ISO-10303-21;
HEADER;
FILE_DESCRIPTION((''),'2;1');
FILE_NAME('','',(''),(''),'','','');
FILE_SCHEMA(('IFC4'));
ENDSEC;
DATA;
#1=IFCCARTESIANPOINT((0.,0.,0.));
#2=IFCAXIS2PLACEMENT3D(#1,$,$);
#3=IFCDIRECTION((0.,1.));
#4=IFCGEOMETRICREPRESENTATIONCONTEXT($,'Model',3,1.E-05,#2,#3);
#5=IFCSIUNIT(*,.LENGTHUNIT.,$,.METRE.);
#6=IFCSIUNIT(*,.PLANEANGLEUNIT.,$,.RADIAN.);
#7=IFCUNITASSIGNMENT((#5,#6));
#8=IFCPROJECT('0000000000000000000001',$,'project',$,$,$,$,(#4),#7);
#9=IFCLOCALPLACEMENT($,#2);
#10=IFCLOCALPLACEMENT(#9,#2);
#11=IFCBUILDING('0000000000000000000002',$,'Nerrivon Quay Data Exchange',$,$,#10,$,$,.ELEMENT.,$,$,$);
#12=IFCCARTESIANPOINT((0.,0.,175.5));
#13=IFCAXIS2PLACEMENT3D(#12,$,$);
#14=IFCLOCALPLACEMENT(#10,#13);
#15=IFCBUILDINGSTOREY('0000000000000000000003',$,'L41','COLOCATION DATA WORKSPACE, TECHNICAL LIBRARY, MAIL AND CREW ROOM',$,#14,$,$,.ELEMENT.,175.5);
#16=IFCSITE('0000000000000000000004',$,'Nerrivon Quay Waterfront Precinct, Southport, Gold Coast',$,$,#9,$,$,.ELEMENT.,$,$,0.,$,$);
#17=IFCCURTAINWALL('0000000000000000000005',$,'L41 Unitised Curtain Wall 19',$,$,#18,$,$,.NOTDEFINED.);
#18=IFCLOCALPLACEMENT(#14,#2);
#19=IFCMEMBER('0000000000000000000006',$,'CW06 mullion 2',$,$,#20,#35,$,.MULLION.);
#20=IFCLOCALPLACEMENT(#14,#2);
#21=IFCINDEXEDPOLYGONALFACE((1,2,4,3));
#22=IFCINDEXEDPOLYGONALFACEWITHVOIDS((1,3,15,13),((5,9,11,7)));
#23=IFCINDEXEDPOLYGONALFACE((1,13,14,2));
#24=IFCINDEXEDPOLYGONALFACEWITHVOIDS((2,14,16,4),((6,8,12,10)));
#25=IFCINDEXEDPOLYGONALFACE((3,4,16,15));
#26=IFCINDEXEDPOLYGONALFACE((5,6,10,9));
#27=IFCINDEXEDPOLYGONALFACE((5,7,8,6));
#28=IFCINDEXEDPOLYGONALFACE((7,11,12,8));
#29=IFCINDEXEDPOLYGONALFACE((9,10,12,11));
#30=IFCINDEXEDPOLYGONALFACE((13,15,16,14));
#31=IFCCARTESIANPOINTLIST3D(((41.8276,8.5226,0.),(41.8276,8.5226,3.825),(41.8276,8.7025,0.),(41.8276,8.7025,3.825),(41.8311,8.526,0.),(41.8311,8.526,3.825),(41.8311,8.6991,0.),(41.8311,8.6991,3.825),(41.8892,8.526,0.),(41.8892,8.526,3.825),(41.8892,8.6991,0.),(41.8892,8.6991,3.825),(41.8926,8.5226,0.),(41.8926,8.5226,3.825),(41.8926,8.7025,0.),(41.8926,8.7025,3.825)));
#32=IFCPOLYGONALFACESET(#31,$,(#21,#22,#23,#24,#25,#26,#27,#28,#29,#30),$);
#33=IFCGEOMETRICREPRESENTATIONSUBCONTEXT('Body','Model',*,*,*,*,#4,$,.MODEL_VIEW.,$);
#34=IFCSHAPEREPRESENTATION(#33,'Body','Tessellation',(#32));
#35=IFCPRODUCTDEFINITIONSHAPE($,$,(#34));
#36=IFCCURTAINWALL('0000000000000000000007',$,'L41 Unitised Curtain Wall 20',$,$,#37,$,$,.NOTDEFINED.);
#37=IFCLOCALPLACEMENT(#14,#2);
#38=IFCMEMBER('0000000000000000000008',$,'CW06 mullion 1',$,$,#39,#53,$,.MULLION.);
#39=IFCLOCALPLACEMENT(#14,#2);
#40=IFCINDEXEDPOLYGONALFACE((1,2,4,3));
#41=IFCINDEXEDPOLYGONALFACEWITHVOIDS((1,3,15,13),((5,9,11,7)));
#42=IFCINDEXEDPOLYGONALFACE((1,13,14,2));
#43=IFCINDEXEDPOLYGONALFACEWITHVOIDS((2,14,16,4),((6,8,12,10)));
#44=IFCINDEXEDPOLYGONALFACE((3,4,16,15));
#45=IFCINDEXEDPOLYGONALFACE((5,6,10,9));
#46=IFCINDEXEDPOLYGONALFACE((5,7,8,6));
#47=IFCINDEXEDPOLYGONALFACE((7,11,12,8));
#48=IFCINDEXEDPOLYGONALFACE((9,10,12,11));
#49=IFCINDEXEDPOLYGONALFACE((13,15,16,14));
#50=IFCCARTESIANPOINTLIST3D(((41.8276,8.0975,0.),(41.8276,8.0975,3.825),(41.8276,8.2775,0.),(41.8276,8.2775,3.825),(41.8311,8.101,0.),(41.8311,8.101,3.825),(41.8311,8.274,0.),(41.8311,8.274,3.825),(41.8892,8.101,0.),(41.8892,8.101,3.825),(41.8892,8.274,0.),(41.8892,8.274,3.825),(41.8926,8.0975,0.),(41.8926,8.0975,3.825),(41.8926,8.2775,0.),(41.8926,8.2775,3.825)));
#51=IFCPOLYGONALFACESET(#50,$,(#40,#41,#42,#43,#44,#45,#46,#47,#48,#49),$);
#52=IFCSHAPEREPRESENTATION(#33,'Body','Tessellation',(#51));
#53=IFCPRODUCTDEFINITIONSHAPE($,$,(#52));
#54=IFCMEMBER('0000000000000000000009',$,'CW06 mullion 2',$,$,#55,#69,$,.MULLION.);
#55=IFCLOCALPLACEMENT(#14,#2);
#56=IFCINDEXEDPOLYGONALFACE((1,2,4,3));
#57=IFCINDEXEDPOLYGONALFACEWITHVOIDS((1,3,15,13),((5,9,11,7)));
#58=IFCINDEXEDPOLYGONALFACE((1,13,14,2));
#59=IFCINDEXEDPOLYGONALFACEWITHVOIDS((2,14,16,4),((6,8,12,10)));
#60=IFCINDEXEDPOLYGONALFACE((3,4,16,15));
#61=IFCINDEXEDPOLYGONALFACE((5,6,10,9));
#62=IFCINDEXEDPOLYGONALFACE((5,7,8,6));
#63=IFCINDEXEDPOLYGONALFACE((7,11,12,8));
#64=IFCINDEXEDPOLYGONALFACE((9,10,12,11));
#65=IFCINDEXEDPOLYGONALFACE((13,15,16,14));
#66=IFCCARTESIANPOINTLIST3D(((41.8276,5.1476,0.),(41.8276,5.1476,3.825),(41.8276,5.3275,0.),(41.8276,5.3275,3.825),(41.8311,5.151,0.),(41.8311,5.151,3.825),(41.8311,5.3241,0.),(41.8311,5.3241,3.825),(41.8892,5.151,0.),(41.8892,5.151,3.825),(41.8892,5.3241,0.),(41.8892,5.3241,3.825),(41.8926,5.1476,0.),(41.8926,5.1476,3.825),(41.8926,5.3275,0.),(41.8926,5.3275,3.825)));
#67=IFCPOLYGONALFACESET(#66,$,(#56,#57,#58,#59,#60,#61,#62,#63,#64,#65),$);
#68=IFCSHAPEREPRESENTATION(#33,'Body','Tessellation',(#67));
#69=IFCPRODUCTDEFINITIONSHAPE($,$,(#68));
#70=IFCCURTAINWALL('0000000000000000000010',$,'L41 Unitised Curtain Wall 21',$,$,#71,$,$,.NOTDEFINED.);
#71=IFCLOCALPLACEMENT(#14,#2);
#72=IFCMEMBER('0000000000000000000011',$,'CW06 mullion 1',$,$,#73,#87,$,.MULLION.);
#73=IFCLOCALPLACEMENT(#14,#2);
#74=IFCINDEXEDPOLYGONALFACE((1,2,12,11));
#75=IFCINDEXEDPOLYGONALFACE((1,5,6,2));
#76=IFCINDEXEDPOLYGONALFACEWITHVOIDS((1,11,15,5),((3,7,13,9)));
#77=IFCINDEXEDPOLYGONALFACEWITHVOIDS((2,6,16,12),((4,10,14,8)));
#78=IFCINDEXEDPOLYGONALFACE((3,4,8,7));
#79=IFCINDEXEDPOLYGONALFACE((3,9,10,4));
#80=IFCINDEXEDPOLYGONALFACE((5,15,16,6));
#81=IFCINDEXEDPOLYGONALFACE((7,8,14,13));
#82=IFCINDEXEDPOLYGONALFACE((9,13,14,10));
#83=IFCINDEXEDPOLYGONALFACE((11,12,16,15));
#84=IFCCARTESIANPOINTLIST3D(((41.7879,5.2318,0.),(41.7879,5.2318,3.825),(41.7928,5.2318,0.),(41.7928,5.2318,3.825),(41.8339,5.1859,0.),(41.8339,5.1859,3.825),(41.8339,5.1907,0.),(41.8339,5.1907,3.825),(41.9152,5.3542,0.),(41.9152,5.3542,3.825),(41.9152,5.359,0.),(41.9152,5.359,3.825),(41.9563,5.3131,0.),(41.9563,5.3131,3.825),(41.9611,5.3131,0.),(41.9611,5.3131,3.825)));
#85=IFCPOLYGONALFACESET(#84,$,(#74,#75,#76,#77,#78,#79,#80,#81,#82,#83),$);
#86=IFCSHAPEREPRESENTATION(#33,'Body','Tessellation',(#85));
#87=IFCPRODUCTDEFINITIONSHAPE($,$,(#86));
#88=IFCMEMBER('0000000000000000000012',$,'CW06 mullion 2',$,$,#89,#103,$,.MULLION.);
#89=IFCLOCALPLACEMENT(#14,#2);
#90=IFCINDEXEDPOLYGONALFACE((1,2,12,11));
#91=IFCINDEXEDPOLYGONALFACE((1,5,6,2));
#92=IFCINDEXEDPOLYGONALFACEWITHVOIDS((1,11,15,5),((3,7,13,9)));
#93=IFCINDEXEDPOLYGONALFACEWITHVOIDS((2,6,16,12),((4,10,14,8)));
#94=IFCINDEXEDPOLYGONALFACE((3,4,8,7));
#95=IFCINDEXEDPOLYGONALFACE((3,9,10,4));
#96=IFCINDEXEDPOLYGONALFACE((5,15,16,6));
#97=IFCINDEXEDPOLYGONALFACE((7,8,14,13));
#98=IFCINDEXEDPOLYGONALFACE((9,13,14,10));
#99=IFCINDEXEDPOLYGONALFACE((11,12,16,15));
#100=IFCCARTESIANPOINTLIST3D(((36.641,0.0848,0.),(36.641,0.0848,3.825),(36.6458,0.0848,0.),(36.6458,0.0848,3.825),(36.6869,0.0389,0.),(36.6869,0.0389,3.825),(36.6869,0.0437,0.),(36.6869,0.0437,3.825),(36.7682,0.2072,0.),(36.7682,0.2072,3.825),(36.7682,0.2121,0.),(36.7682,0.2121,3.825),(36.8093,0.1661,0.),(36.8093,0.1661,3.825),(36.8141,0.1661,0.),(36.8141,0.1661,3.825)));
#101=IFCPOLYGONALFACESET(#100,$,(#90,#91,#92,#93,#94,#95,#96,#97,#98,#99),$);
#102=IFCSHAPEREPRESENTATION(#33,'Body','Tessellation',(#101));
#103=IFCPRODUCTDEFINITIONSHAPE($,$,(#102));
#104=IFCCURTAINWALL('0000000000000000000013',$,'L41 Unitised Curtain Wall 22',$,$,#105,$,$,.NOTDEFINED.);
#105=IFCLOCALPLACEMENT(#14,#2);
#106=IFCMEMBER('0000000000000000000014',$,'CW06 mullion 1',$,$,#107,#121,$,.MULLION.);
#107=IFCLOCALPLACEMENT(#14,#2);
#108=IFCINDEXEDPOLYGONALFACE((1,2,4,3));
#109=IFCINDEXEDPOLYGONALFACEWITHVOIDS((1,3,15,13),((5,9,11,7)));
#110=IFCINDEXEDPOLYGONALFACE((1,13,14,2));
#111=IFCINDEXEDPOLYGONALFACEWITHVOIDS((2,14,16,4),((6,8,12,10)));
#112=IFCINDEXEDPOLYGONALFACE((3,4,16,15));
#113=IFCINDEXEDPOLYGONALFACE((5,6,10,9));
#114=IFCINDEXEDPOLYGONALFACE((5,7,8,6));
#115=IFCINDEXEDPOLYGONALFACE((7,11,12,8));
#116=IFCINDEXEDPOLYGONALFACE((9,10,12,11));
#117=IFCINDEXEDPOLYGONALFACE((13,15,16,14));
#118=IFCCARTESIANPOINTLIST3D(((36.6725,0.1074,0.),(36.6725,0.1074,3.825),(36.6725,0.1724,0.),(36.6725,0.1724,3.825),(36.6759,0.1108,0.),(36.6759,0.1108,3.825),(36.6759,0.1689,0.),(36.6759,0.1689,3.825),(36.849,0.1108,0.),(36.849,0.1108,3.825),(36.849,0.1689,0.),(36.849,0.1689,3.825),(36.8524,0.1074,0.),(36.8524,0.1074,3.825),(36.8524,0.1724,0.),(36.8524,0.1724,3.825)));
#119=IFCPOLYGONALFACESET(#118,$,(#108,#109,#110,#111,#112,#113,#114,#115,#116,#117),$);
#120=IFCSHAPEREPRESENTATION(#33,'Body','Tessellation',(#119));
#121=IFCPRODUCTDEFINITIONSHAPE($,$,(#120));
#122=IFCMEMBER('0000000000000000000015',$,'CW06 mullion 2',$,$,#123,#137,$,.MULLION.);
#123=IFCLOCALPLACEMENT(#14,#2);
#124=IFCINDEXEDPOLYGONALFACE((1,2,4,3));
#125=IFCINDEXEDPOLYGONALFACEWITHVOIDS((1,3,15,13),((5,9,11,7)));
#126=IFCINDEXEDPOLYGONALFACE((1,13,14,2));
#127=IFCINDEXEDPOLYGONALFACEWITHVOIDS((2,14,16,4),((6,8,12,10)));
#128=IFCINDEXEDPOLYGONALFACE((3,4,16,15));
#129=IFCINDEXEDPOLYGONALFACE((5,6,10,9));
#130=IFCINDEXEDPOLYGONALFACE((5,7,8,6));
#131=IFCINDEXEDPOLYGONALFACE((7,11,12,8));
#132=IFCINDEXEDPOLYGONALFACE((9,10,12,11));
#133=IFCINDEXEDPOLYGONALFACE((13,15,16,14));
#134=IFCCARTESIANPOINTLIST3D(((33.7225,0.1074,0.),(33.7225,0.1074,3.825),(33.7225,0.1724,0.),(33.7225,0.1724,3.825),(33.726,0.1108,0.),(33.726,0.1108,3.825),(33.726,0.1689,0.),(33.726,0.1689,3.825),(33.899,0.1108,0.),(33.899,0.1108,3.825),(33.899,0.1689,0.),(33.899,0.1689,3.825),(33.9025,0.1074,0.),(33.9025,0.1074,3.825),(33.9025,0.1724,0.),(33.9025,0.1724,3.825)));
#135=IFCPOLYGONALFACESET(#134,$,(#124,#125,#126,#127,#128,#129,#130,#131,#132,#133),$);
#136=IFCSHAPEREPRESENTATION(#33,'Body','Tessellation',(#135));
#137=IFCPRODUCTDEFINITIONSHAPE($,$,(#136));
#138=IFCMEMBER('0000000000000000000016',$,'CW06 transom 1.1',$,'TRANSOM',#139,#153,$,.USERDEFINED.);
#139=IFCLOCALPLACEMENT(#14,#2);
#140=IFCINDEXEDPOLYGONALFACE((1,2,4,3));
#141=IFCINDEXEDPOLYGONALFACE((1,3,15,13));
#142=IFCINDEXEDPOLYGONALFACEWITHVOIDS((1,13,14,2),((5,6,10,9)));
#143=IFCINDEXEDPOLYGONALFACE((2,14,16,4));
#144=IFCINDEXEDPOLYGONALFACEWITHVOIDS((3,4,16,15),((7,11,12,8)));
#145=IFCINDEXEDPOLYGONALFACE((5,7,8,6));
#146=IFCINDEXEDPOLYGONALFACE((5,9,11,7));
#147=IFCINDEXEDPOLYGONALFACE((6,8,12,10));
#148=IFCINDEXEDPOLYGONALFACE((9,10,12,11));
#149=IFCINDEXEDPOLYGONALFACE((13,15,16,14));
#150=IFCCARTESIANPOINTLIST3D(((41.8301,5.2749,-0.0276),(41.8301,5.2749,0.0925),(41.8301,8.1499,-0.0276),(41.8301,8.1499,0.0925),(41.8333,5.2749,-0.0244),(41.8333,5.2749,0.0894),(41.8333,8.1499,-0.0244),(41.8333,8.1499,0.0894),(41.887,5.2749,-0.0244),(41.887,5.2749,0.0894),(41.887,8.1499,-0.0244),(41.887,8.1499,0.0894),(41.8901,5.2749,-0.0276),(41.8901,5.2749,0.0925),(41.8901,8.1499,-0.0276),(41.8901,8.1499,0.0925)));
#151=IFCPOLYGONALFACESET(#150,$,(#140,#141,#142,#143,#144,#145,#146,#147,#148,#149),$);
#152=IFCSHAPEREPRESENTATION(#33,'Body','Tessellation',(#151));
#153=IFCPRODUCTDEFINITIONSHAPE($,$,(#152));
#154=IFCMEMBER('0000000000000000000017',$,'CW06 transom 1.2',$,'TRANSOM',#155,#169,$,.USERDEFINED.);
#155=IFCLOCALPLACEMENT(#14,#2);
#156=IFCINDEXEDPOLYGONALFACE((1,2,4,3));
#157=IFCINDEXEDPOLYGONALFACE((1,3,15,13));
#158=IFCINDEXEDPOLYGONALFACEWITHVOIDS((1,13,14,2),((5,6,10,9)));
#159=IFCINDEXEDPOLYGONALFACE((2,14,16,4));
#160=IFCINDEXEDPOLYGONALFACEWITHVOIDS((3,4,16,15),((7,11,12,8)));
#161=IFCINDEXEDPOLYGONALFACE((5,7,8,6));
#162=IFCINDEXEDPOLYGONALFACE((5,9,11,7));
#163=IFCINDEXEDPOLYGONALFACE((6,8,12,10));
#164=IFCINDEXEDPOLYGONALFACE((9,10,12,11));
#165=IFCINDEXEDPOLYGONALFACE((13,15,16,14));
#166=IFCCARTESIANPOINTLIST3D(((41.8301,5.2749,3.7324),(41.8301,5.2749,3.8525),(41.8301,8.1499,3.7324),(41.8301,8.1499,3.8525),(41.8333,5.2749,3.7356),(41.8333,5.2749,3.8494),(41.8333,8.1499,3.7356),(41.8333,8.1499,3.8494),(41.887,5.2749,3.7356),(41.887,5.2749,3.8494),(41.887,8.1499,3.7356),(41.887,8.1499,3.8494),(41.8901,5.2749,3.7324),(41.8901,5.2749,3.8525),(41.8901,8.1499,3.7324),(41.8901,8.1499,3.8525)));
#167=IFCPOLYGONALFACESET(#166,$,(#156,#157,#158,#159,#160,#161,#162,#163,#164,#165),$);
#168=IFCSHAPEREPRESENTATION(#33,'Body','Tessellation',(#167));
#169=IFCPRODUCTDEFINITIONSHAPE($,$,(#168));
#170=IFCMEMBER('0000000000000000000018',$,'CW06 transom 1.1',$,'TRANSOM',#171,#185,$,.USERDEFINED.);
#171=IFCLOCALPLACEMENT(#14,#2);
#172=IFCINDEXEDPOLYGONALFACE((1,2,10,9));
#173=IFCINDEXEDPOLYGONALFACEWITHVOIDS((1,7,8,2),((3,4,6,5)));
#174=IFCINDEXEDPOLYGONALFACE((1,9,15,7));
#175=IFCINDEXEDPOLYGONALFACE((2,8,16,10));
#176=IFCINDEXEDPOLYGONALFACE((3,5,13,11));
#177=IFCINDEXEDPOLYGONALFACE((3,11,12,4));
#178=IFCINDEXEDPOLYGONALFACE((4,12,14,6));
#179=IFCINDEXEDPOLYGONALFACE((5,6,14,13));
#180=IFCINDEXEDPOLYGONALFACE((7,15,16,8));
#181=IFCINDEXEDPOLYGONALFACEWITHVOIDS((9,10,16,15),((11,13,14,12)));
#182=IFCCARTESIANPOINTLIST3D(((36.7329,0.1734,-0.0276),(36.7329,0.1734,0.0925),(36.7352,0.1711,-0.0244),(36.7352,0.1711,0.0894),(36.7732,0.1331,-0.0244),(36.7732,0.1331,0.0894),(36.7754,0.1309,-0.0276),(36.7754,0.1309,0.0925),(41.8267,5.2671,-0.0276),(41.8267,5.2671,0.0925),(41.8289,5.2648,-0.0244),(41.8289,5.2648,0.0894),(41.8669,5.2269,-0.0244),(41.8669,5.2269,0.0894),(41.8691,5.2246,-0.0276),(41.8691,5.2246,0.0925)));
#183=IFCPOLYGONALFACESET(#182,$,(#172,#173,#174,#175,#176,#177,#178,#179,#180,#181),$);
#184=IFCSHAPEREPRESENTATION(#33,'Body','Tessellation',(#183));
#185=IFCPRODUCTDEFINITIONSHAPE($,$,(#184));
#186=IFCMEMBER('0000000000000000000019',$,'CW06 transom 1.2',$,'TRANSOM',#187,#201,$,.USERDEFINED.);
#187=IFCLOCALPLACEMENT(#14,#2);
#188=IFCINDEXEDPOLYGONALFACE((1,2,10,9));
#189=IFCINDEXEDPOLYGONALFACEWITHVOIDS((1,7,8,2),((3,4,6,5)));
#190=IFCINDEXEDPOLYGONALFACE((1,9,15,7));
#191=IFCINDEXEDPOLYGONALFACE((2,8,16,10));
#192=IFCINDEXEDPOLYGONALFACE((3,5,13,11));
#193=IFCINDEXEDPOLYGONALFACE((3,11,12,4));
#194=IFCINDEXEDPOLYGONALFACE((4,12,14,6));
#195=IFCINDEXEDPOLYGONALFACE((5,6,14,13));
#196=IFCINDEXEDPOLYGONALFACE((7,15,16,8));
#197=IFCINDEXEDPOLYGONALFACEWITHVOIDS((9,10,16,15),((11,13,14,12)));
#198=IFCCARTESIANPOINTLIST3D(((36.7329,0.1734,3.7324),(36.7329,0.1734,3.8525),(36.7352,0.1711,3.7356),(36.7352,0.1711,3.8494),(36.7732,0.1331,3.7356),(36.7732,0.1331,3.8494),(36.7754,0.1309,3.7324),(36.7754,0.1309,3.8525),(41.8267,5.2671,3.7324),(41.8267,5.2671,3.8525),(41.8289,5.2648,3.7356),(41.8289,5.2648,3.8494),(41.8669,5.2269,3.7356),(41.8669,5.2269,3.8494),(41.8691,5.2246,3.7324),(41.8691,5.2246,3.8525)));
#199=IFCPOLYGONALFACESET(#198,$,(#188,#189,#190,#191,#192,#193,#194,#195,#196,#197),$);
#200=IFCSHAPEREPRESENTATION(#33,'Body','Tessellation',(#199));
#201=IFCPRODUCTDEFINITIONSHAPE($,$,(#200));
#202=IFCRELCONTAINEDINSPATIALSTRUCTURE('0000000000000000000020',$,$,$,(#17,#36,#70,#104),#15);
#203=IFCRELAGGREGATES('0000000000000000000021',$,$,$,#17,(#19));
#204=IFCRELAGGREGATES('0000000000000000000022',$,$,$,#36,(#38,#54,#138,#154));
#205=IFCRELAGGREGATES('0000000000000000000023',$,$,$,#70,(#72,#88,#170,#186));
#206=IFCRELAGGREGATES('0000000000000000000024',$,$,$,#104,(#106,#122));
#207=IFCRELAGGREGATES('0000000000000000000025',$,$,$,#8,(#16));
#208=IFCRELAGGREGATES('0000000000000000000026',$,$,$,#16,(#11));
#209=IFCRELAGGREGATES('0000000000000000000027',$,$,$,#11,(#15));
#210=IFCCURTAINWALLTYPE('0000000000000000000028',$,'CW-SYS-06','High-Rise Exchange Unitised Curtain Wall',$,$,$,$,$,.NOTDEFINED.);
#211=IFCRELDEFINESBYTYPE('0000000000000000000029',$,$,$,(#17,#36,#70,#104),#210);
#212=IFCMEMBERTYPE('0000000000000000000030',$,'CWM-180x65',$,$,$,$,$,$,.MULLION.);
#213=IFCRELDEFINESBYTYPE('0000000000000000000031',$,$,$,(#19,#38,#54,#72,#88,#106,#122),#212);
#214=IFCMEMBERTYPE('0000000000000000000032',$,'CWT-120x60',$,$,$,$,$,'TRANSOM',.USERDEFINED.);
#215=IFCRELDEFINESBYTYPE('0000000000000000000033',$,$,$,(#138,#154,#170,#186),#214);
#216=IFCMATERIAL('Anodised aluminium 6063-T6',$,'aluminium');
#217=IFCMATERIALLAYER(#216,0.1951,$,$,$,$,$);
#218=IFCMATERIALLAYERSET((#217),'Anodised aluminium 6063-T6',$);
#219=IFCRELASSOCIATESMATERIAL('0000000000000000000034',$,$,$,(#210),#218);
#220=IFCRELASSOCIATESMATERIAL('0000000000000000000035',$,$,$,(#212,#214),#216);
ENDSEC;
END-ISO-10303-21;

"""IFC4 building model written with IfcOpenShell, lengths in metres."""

from ifc_helpers import new_model, si_unit, direction, frame, origin, origin_2d, place, context, subcontext, project, spatial, hollow_rectangle, extrude, material, layer, layer_set, material_profile, profile_set, type_object, element, aggregate, save


model = new_model("IFC4")

# Units and contexts
model_context = context("Model", 3, precision=1e-05, world=origin(), true_north=direction((0.0, 1.0)))
body_context = subcontext(model_context, "Body", "Model", "MODEL_VIEW")
ifc_project = project(units=[si_unit("LENGTHUNIT", "METRE"), si_unit("PLANEANGLEUNIT", "RADIAN")], contexts=[model_context])

# Site, building, storey
site_placement = place(None, origin())
site = spatial("IfcSite", under=ifc_project, at=site_placement, Name="Nerrivon Quay Waterfront Precinct, Southport, Gold Coast", CompositionType="ELEMENT", RefElevation=0.0)
building_placement = place(site_placement, origin())
building = spatial("IfcBuilding", under=site, at=building_placement, Name="Nerrivon Quay Data Exchange", CompositionType="ELEMENT")
storey_placement = place(building_placement, frame((0.0, 0.0, 175.5)))
storey = spatial("IfcBuildingStorey", under=building, at=storey_placement, Name="L41", Description="COLOCATION DATA WORKSPACE, TECHNICAL LIBRARY, MAIL AND CREW ROOM", CompositionType="ELEMENT", Elevation=175.5)

# Curtain wall, member
ifc_material_1 = material(Name="Anodised aluminium 6063-T6", Category="aluminium")
ifc_layer_1 = layer(ifc_material_1, 0.1951)
ifc_layer_set_1 = layer_set([ifc_layer_1], Name="Anodised aluminium 6063-T6")
curtain_wall_type = type_object("IfcCurtainWallType", Name="CW-SYS-06", Description="High-Rise Exchange Unitised Curtain Wall", PredefinedType="NOTDEFINED", material=ifc_layer_set_1)
curtain_wall_1_placement = place(storey_placement, origin())
curtain_wall_1 = element("IfcCurtainWall", 1, at=curtain_wall_1_placement, inside=storey, type_object=curtain_wall_type, Name="L41 Unitised Curtain Wall 19", PredefinedType="NOTDEFINED")
ifc_material_profile_1 = material_profile(ifc_material_1, hollow_rectangle(XDim=0.0649, YDim=0.1799, WallThickness=0.0034, at=origin_2d()), Name="ALU-MULL-180x65")
ifc_profile_set_1 = profile_set([ifc_material_profile_1], Name="Anodised aluminium 6063-T6")
member_type_1 = type_object("IfcMemberType", Name="CWM-180x65", PredefinedType="MULLION", material=ifc_profile_set_1)
member_1_placement = place(storey_placement, frame((41.8601, 8.6125, 0.0), z_axis=(0.0, 0.0, 1.0), x_axis=(1.0, 0.0, 0.0)))
member_1 = element("IfcMember", 2, at=member_1_placement, type_object=member_type_1, Name="CW06 mullion 2", PredefinedType="MULLION", context=body_context, shape_type="SweptSolid", body=[
    extrude(hollow_rectangle(XDim=0.0649, YDim=0.1799, WallThickness=0.0034, at=origin_2d()), origin(), (0.0, 0.0, 1.0), 3.825),
])

# Curtain walls, members
curtain_wall_2_placement = place(storey_placement, origin())
curtain_wall_2 = element("IfcCurtainWall", 3, at=curtain_wall_2_placement, inside=storey, type_object=curtain_wall_type, Name="L41 Unitised Curtain Wall 20", PredefinedType="NOTDEFINED")
member_2_placement = place(storey_placement, frame((41.8601, 8.1875, 0.0), z_axis=(0.0, 0.0, 1.0), x_axis=(1.0, 0.0, 0.0)))
member_2 = element("IfcMember", 4, at=member_2_placement, type_object=member_type_1, Name="CW06 mullion 1", PredefinedType="MULLION", context=body_context, shape_type="SweptSolid", body=[
    extrude(hollow_rectangle(XDim=0.0649, YDim=0.1799, WallThickness=0.0034, at=origin_2d()), origin(), (0.0, 0.0, 1.0), 3.825),
])
member_3_placement = place(storey_placement, frame((41.8601, 5.2375, 0.0), z_axis=(0.0, 0.0, 1.0), x_axis=(1.0, 0.0, 0.0)))
member_3 = element("IfcMember", 5, at=member_3_placement, type_object=member_type_1, Name="CW06 mullion 2", PredefinedType="MULLION", context=body_context, shape_type="SweptSolid", body=[
    extrude(hollow_rectangle(XDim=0.0649, YDim=0.1799, WallThickness=0.0034, at=origin_2d()), origin(), (0.0, 0.0, 1.0), 3.825),
])
curtain_wall_3_placement = place(storey_placement, origin())
curtain_wall_3 = element("IfcCurtainWall", 6, at=curtain_wall_3_placement, inside=storey, type_object=curtain_wall_type, Name="L41 Unitised Curtain Wall 21", PredefinedType="NOTDEFINED")
member_4_placement = place(storey_placement, frame((41.8745, 5.2725, 0.0), z_axis=(0.0, 0.0, 1.0), x_axis=(0.707107, -0.707107, 0.0)))
member_4 = element("IfcMember", 7, at=member_4_placement, type_object=member_type_1, Name="CW06 mullion 1", PredefinedType="MULLION", context=body_context, shape_type="SweptSolid", body=[
    extrude(hollow_rectangle(XDim=0.0649, YDim=0.1799, WallThickness=0.0034, at=origin_2d()), origin(), (0.0, 0.0, 1.0), 3.825),
])
member_5_placement = place(storey_placement, frame((36.7275, 0.1255, 0.0), z_axis=(0.0, 0.0, 1.0), x_axis=(0.707107, -0.707107, 0.0)))
member_5 = element("IfcMember", 8, at=member_5_placement, type_object=member_type_1, Name="CW06 mullion 2", PredefinedType="MULLION", context=body_context, shape_type="SweptSolid", body=[
    extrude(hollow_rectangle(XDim=0.0649, YDim=0.1799, WallThickness=0.0034, at=origin_2d()), origin(), (0.0, 0.0, 1.0), 3.825),
])
curtain_wall_4_placement = place(storey_placement, origin())
curtain_wall_4 = element("IfcCurtainWall", 9, at=curtain_wall_4_placement, inside=storey, type_object=curtain_wall_type, Name="L41 Unitised Curtain Wall 22", PredefinedType="NOTDEFINED")
member_6_placement = place(storey_placement, frame((36.7625, 0.1399, 0.0), z_axis=(0.0, 0.0, 1.0), x_axis=(0.0, -1.0, 0.0)))
member_6 = element("IfcMember", 10, at=member_6_placement, type_object=member_type_1, Name="CW06 mullion 1", PredefinedType="MULLION", context=body_context, shape_type="SweptSolid", body=[
    extrude(hollow_rectangle(XDim=0.0649, YDim=0.1799, WallThickness=0.0034, at=origin_2d()), origin(), (0.0, 0.0, 1.0), 3.825),
])
member_7_placement = place(storey_placement, frame((33.8125, 0.1399, 0.0), z_axis=(0.0, 0.0, 1.0), x_axis=(0.0, -1.0, 0.0)))
member_7 = element("IfcMember", 11, at=member_7_placement, type_object=member_type_1, Name="CW06 mullion 2", PredefinedType="MULLION", context=body_context, shape_type="SweptSolid", body=[
    extrude(hollow_rectangle(XDim=0.0649, YDim=0.1799, WallThickness=0.0034, at=origin_2d()), origin(), (0.0, 0.0, 1.0), 3.825),
])

# Members
ifc_material_profile_2 = material_profile(ifc_material_1, hollow_rectangle(XDim=0.0601, YDim=0.1201, WallThickness=0.0032, at=origin_2d()), Name="ALU-TRAN-120x60")
ifc_profile_set_2 = profile_set([ifc_material_profile_2], Name="Anodised aluminium 6063-T6")
member_type_2 = type_object("IfcMemberType", Name="CWT-120x60", ElementType="TRANSOM", PredefinedType="USERDEFINED", material=ifc_profile_set_2)
member_8_placement = place(storey_placement, frame((41.8601, 8.1499, 0.0325), z_axis=(0.0, -1.0, 0.0), x_axis=(1.0, 0.0, 0.0)))
member_8 = element("IfcMember", 12, at=member_8_placement, type_object=member_type_2, Name="CW06 transom 1.1", ObjectType="TRANSOM", PredefinedType="USERDEFINED", context=body_context, shape_type="SweptSolid", body=[
    extrude(hollow_rectangle(XDim=0.0601, YDim=0.1201, WallThickness=0.0032, at=origin_2d()), origin(), (0.0, 0.0, 1.0), 2.875),
])
member_9_placement = place(storey_placement, frame((41.8601, 8.1499, 3.7925), z_axis=(0.0, -1.0, 0.0), x_axis=(1.0, 0.0, 0.0)))
member_9 = element("IfcMember", 13, at=member_9_placement, type_object=member_type_2, Name="CW06 transom 1.2", ObjectType="TRANSOM", PredefinedType="USERDEFINED", context=body_context, shape_type="SweptSolid", body=[
    extrude(hollow_rectangle(XDim=0.0601, YDim=0.1201, WallThickness=0.0032, at=origin_2d()), origin(), (0.0, 0.0, 1.0), 2.875),
])
member_10_placement = place(storey_placement, frame((41.8479, 5.2458, 0.0325), z_axis=(-0.707107, -0.707107, 0.0), x_axis=(0.707107, -0.707107, 0.0)))
member_10 = element("IfcMember", 14, at=member_10_placement, type_object=member_type_2, Name="CW06 transom 1.1", ObjectType="TRANSOM", PredefinedType="USERDEFINED", context=body_context, shape_type="SweptSolid", body=[
    extrude(hollow_rectangle(XDim=0.0601, YDim=0.1201, WallThickness=0.0032, at=origin_2d()), origin(), (0.0, 0.0, 1.0), 7.2036),
])
member_11_placement = place(storey_placement, frame((41.8479, 5.2458, 3.7925), z_axis=(-0.707107, -0.707107, 0.0), x_axis=(0.707107, -0.707107, 0.0)))
member_11 = element("IfcMember", 15, at=member_11_placement, type_object=member_type_2, Name="CW06 transom 1.2", ObjectType="TRANSOM", PredefinedType="USERDEFINED", context=body_context, shape_type="SweptSolid", body=[
    extrude(hollow_rectangle(XDim=0.0601, YDim=0.1201, WallThickness=0.0032, at=origin_2d()), origin(), (0.0, 0.0, 1.0), 7.2036),
])

aggregate(curtain_wall_1, [member_1])
aggregate(curtain_wall_2, [member_2, member_3, member_8, member_9])
aggregate(curtain_wall_3, [member_4, member_5, member_10, member_11])
aggregate(curtain_wall_4, [member_6, member_7])

save(model, "model.ifc")
